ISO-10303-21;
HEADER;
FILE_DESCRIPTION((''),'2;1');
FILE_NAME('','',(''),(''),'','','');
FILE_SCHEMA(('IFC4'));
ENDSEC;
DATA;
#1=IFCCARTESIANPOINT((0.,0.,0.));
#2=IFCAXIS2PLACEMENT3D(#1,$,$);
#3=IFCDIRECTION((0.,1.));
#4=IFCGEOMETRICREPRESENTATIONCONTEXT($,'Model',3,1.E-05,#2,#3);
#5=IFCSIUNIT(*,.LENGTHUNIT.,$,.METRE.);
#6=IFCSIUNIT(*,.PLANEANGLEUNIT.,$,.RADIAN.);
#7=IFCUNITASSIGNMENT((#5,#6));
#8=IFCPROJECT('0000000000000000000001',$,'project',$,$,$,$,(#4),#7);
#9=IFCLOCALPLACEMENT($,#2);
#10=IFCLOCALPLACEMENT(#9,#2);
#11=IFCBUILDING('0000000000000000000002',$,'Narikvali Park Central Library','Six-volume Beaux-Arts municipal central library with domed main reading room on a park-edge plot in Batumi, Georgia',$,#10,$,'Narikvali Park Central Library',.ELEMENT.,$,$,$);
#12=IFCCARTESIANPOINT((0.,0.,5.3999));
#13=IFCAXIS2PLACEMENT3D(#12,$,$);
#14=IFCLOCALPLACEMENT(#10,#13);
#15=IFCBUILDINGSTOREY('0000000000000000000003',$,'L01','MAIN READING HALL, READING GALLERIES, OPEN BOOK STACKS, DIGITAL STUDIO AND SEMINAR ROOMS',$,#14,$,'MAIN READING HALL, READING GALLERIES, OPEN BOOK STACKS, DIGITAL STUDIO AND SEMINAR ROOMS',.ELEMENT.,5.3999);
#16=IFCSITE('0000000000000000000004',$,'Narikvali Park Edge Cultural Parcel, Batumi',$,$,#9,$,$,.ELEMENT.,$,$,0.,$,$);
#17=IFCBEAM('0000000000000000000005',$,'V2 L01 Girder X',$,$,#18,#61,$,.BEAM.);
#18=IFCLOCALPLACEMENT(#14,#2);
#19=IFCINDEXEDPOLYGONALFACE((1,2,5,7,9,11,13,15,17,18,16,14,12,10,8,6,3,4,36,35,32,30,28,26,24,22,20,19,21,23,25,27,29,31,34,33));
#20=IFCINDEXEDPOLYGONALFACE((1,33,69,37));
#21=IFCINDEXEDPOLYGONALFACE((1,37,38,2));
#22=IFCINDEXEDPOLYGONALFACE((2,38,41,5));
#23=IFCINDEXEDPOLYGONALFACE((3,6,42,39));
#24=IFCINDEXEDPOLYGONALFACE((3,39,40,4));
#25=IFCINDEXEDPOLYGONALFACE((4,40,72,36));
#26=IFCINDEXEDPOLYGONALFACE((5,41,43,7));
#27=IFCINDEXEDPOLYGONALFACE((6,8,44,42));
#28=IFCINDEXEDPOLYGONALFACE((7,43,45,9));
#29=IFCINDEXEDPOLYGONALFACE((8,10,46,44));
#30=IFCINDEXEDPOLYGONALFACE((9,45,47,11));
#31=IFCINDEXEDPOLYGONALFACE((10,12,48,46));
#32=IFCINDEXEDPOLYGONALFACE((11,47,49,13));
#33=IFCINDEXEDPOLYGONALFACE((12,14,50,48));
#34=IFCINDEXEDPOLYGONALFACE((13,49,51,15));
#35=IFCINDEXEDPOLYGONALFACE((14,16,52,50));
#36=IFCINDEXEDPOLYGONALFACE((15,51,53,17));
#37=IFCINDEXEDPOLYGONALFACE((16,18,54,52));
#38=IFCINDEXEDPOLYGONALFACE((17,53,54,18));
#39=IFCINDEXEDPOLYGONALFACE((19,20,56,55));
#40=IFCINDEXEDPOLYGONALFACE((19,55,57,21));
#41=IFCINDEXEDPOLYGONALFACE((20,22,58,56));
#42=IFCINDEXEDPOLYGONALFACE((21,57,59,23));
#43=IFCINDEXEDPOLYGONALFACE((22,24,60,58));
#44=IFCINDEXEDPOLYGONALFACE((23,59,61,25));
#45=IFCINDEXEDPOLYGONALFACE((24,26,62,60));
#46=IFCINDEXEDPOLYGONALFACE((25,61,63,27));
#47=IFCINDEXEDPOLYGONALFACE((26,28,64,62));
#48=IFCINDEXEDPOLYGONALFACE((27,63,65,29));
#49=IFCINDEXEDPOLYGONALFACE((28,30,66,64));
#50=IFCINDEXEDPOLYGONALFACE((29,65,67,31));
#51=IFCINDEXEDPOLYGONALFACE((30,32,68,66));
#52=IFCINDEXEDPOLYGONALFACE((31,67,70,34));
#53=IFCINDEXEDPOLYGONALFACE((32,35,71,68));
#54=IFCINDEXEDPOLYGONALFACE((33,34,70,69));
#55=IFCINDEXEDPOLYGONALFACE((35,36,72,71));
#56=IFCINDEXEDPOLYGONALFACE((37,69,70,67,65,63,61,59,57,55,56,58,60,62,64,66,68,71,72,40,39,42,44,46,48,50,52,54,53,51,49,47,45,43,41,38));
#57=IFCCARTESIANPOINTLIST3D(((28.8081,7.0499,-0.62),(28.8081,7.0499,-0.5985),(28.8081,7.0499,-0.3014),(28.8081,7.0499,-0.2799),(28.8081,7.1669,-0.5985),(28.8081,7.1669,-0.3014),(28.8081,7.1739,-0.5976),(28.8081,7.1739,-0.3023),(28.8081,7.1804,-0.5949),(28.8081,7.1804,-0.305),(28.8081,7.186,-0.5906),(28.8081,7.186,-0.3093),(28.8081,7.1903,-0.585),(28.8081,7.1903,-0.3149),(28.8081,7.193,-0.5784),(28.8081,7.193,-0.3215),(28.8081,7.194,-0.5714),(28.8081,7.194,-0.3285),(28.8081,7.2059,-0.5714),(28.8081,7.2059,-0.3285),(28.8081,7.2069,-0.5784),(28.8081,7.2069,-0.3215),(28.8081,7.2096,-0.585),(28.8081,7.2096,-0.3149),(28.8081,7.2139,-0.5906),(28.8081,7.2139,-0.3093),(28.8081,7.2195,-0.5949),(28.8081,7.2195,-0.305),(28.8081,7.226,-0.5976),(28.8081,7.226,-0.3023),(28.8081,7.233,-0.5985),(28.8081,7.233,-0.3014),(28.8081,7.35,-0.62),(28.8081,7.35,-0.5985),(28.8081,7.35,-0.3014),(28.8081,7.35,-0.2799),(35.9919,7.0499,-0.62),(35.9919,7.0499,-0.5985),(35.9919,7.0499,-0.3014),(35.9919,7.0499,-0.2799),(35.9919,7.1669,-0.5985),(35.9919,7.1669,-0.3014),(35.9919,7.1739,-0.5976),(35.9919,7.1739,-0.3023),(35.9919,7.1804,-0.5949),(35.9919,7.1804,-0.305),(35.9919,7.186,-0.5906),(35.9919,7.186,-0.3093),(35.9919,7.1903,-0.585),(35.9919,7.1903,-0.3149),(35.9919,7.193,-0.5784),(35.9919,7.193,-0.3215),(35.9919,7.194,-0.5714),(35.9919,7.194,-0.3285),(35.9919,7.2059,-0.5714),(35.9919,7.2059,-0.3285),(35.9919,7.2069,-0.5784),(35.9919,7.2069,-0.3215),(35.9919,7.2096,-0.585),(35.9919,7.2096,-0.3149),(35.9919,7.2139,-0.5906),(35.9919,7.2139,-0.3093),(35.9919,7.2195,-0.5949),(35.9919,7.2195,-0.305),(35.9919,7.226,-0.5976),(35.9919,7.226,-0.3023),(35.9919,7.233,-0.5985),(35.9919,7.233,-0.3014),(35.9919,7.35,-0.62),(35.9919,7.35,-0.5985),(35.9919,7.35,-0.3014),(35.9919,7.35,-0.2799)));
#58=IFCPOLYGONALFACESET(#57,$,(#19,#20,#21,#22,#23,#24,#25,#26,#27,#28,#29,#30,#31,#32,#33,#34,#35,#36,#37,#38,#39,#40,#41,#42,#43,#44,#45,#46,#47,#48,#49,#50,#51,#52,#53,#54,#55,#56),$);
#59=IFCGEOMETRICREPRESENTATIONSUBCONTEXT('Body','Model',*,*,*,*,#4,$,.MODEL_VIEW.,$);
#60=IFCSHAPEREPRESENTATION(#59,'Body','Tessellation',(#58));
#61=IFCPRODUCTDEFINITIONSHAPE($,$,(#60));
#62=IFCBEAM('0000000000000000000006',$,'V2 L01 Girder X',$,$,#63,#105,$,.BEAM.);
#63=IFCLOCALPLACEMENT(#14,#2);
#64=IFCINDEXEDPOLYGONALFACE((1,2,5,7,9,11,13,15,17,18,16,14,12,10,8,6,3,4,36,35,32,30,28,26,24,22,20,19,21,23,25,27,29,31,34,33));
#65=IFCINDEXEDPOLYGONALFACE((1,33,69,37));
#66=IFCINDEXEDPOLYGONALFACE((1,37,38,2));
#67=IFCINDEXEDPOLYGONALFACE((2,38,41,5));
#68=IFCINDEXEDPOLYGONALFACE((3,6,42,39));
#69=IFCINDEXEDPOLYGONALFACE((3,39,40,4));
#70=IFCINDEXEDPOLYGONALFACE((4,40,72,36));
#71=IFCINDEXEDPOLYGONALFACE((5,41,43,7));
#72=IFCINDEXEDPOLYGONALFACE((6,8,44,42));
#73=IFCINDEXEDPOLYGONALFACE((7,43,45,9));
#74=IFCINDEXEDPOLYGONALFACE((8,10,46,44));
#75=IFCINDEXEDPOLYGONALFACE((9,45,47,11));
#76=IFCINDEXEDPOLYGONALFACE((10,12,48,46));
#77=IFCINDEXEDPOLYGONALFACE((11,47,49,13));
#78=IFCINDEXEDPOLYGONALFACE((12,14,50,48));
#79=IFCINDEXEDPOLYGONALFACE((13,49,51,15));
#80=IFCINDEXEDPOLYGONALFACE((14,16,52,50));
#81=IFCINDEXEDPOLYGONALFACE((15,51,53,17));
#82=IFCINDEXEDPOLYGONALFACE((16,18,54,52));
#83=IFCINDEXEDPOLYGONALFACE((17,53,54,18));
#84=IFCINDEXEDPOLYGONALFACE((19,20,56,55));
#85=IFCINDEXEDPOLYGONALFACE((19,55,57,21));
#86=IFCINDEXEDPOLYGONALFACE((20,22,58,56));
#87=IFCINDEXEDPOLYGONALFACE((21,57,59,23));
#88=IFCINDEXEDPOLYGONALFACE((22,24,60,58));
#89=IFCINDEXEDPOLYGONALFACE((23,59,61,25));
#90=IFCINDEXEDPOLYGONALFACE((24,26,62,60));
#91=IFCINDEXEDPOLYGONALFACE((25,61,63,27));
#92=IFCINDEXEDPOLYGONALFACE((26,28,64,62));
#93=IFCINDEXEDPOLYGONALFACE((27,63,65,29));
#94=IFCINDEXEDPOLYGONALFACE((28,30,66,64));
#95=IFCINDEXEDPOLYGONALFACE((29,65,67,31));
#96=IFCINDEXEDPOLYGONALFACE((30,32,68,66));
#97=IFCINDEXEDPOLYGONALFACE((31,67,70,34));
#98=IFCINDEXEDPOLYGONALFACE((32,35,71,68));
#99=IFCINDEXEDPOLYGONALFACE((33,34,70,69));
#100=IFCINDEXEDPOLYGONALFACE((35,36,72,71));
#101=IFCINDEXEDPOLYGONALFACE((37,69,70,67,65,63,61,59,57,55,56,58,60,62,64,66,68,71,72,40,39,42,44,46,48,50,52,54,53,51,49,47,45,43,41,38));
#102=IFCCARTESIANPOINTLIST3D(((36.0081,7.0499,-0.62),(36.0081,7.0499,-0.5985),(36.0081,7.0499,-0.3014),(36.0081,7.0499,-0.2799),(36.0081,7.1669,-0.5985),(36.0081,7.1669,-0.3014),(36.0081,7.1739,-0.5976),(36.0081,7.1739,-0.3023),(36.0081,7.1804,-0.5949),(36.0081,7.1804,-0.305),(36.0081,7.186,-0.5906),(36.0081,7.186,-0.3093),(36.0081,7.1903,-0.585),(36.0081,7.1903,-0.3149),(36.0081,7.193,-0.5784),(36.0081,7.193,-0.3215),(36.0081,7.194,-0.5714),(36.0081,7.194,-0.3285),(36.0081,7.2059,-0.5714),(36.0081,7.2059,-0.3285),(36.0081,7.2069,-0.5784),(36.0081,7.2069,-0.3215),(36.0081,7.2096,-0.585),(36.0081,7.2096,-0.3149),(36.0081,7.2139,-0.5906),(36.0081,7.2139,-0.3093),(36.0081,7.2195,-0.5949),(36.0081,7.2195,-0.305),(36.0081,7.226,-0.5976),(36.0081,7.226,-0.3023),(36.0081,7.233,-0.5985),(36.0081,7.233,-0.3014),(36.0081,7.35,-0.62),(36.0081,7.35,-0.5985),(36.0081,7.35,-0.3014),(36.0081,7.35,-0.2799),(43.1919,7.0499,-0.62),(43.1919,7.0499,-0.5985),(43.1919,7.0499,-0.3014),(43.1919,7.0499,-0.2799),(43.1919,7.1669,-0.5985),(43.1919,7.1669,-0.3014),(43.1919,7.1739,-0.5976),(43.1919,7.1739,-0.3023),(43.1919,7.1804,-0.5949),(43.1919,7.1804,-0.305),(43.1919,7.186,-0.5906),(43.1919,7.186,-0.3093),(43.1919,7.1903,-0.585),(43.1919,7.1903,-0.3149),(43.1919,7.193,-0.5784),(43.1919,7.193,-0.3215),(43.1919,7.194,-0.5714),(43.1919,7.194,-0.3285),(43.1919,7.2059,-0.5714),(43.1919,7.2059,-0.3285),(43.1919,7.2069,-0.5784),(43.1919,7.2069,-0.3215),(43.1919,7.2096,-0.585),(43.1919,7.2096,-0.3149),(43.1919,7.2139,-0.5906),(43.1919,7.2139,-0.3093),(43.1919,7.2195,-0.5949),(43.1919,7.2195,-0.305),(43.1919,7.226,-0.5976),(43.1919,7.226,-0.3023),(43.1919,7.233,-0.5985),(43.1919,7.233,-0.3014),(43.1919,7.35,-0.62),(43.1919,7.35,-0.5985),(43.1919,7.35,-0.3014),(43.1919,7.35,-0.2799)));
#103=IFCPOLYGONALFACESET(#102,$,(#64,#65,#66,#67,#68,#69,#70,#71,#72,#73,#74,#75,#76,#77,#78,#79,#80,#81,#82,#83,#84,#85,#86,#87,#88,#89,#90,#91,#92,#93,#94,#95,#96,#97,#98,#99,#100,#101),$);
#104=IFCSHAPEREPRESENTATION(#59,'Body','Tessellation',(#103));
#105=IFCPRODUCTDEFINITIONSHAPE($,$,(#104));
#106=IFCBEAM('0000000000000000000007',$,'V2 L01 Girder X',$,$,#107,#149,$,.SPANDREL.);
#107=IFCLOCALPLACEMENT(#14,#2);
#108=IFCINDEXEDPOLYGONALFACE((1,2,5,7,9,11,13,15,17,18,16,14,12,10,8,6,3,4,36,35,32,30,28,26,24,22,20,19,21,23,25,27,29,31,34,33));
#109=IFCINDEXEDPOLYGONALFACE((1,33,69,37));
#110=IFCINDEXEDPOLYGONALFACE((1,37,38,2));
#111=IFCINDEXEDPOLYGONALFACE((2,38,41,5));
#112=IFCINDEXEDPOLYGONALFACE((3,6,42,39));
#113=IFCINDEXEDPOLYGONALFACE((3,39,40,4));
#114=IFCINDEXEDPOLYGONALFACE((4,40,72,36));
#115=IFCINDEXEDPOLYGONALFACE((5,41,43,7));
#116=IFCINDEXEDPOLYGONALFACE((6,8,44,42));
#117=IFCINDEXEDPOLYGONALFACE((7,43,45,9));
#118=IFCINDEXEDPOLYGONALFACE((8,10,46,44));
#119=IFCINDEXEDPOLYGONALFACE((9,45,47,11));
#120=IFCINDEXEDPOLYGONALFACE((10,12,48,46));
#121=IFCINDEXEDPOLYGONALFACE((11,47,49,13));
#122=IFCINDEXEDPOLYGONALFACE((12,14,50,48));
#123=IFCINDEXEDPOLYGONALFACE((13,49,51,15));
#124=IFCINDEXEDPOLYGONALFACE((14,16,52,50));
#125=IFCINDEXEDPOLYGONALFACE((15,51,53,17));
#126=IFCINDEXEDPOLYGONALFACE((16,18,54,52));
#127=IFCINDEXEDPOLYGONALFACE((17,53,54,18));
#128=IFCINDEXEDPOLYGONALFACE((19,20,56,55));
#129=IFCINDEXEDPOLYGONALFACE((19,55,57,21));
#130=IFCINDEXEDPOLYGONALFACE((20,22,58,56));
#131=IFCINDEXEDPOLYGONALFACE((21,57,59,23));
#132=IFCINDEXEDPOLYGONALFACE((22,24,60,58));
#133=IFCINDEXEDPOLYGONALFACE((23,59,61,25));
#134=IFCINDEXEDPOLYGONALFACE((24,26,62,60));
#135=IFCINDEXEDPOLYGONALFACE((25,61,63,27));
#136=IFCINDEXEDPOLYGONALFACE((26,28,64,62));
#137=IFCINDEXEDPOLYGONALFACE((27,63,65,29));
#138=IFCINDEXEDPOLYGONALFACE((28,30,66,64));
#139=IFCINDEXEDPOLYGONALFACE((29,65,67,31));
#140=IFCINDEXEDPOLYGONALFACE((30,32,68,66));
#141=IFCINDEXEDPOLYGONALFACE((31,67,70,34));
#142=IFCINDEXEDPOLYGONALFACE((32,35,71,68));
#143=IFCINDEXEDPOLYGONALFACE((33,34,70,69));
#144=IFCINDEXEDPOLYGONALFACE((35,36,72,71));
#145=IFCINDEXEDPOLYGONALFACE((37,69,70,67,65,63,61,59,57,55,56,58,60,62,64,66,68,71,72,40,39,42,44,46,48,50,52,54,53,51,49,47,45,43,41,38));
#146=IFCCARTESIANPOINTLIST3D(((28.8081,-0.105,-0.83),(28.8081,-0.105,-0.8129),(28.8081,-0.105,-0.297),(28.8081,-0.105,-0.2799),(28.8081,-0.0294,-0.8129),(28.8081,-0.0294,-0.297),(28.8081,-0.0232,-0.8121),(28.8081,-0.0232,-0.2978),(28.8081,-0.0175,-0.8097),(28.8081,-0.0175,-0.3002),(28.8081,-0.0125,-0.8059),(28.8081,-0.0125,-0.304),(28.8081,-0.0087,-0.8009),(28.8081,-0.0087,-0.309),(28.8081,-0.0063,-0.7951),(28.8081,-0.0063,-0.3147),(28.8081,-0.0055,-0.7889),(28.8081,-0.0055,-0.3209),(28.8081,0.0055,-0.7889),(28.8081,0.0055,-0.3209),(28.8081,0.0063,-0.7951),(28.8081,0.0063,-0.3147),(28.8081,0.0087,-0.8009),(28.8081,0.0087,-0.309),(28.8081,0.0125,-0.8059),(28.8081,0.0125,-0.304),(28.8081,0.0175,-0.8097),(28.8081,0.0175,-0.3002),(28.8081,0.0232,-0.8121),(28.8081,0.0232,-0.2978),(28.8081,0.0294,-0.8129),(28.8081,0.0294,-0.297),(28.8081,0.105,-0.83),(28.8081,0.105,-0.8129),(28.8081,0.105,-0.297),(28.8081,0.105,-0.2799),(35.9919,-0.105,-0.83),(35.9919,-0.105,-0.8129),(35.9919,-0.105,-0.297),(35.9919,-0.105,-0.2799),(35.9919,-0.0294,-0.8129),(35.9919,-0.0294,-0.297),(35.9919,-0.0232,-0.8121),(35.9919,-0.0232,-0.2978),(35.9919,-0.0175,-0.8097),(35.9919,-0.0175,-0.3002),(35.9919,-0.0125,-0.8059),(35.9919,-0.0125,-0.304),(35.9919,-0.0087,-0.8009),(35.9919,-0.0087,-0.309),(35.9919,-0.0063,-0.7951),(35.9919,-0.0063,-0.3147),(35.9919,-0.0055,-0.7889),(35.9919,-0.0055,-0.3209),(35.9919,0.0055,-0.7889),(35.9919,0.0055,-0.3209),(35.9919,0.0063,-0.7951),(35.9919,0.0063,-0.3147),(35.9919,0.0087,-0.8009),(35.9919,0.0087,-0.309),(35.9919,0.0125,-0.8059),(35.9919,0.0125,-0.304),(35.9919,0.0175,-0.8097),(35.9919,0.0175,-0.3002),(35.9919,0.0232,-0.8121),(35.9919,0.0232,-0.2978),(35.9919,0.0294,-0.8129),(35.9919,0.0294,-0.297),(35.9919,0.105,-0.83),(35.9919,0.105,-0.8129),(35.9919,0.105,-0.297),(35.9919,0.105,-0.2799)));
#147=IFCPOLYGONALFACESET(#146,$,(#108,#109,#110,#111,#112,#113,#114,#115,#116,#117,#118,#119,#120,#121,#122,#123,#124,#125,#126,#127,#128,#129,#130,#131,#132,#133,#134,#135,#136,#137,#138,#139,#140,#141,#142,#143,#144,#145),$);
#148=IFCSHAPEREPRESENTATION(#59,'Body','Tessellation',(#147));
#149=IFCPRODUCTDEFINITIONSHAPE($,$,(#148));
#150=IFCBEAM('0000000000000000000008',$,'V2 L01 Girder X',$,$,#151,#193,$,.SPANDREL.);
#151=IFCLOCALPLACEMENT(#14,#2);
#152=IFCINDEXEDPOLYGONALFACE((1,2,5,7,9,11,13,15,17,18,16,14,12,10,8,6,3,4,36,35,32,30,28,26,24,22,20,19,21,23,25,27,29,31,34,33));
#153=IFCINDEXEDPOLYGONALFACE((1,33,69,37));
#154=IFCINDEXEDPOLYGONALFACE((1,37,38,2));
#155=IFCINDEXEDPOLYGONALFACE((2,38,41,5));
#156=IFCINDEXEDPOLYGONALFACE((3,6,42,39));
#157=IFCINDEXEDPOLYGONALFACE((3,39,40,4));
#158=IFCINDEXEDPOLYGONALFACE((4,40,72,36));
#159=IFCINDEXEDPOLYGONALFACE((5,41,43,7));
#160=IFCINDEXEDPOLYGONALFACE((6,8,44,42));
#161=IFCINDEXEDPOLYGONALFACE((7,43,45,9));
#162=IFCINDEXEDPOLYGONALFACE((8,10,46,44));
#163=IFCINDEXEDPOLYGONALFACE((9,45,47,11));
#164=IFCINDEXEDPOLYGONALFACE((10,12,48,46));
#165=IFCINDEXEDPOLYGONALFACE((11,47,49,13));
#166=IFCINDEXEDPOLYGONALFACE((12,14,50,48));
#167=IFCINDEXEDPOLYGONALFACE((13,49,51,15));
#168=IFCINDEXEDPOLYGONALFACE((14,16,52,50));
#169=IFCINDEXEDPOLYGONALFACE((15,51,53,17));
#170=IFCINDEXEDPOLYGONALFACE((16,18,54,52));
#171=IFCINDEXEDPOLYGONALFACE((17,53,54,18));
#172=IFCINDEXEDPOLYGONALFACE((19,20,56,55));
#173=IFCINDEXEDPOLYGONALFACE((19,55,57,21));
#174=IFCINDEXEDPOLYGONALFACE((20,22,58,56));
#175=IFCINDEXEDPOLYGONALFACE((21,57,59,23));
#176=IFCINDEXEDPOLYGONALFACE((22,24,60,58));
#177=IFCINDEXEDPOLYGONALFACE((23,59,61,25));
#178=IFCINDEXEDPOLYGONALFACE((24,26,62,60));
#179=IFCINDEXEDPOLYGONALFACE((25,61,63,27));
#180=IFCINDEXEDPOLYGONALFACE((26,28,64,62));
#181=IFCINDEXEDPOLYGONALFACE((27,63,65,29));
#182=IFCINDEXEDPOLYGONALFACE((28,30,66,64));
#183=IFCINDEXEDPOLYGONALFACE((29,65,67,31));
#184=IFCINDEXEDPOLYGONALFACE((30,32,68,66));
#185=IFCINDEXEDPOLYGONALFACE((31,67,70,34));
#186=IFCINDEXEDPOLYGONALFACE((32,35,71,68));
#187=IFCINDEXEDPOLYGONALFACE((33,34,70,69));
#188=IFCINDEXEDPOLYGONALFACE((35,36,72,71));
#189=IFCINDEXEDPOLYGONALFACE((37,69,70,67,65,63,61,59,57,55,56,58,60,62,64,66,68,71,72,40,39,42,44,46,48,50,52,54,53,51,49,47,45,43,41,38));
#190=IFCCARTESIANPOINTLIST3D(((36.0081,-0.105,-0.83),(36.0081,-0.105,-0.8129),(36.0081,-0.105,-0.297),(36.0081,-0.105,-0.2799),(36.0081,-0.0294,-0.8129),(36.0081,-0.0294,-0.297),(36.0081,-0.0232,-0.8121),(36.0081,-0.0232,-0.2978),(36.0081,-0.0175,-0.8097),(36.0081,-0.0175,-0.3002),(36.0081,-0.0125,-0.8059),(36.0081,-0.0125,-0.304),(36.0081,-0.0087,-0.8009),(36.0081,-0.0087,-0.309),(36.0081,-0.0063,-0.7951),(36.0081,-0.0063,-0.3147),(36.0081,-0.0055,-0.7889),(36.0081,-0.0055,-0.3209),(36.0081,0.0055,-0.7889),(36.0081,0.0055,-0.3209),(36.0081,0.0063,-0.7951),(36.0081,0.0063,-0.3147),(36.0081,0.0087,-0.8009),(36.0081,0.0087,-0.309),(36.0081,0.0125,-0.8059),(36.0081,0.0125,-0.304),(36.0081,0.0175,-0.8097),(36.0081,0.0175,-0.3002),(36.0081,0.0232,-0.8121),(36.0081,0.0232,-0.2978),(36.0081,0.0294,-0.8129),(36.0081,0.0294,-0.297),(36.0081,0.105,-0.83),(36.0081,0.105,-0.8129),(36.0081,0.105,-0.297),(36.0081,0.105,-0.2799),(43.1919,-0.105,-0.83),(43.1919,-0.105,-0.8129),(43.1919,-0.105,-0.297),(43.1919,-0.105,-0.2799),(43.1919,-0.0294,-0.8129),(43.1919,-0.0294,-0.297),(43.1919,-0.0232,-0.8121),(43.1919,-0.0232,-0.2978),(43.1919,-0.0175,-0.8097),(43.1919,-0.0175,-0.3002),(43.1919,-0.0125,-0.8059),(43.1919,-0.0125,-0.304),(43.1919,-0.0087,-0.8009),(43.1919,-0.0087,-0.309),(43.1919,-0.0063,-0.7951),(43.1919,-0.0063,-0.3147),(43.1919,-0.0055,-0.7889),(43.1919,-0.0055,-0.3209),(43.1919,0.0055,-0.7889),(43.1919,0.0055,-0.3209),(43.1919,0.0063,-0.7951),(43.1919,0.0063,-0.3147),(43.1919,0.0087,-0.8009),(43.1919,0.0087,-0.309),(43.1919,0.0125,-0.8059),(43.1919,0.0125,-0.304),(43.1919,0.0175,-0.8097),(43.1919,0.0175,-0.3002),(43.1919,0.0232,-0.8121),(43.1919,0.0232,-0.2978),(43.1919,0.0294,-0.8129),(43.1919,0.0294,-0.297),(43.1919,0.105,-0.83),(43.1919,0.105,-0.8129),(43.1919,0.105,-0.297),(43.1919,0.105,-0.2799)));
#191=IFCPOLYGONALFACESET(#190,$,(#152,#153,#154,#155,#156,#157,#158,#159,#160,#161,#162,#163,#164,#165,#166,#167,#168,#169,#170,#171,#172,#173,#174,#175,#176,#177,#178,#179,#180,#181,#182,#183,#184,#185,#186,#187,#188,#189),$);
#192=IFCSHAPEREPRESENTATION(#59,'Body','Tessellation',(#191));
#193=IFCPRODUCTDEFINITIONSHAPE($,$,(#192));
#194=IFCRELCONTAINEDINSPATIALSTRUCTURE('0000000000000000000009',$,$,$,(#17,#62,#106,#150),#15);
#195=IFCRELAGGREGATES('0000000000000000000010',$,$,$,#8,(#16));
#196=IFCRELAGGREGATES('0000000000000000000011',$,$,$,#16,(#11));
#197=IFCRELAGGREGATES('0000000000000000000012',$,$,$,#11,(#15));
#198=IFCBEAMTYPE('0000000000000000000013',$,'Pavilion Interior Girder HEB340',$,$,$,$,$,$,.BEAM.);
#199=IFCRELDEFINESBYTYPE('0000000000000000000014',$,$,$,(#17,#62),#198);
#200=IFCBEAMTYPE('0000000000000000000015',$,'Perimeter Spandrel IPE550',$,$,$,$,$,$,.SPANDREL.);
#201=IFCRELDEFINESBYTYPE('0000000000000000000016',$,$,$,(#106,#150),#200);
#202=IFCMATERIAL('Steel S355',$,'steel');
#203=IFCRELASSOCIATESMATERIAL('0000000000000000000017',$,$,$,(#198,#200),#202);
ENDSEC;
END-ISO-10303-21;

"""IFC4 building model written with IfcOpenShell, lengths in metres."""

from ifc_helpers import new_model, si_unit, direction, frame, origin, origin_2d, place, context, subcontext, project, spatial, i_section, extrude, material, material_profile, profile_set, type_object, element, save


model = new_model("IFC4")

# Units and contexts
model_context = context("Model", 3, precision=1e-05, world=origin(), true_north=direction((0.0, 1.0)))
body_context = subcontext(model_context, "Body", "Model", "MODEL_VIEW")
ifc_project = project(units=[si_unit("LENGTHUNIT", "METRE"), si_unit("PLANEANGLEUNIT", "RADIAN")], contexts=[model_context])

# Site, building, storey
site_placement = place(None, origin())
site = spatial("IfcSite", under=ifc_project, at=site_placement, Name="Narikvali Park Edge Cultural Parcel, Batumi", CompositionType="ELEMENT", RefElevation=0.0)
building_placement = place(site_placement, origin())
building = spatial("IfcBuilding", under=site, at=building_placement, Name="Narikvali Park Central Library", Description="Six-volume Beaux-Arts municipal central library with domed main reading room on a park-edge plot in Batumi, Georgia", LongName="Narikvali Park Central Library", CompositionType="ELEMENT")
storey_placement = place(building_placement, frame((0.0, 0.0, 5.3999)))
storey = spatial("IfcBuildingStorey", under=building, at=storey_placement, Name="L01", Description="MAIN READING HALL, READING GALLERIES, OPEN BOOK STACKS, DIGITAL STUDIO AND SEMINAR ROOMS", LongName="MAIN READING HALL, READING GALLERIES, OPEN BOOK STACKS, DIGITAL STUDIO AND SEMINAR ROOMS", CompositionType="ELEMENT", Elevation=5.3999)

# Shared definitions
ifc_material_1 = material(Name="Steel S355", Category="steel")

# Beams
ifc_material_profile_1 = material_profile(ifc_material_1, i_section(OverallWidth=0.3, OverallDepth=0.3401, WebThickness=0.012, FlangeThickness=0.0215, FilletRadius=0.0271, at=origin_2d()), Name="HEB 340")
ifc_profile_set_1 = profile_set([ifc_material_profile_1], Name="Steel S355")
beam_type_1 = type_object("IfcBeamType", Name="Pavilion Interior Girder HEB340", PredefinedType="BEAM", material=ifc_profile_set_1)
for number, where, z_axis, x_axis, name in (
    (1, (28.8081, 7.2, -0.45), (1.0, 0.0, 0.0), (0.0, 1.0, 0.0), "V2 L01 Girder X"),
    (2, (36.0081, 7.2, -0.45), (1.0, 0.0, 0.0), (0.0, 1.0, 0.0), "V2 L01 Girder X"),
):
    element("IfcBeam", number, at=place(storey_placement, frame(where, z_axis=z_axis, x_axis=x_axis)), inside=storey, type_object=beam_type_1, Name=name, PredefinedType="BEAM", context=body_context, shape_type="SweptSolid", body=[
        extrude(i_section(OverallWidth=0.3, OverallDepth=0.3401, WebThickness=0.012, FlangeThickness=0.0215, FilletRadius=0.0271, at=origin_2d()), origin(), (0.0, 0.0, 1.0), 7.1838),
    ])
ifc_material_profile_2 = material_profile(ifc_material_1, i_section(OverallWidth=0.21, OverallDepth=0.55, WebThickness=0.011, FlangeThickness=0.0171, FilletRadius=0.0239, at=origin_2d()), Name="IPE 550")
ifc_profile_set_2 = profile_set([ifc_material_profile_2], Name="Steel S355")
beam_type_2 = type_object("IfcBeamType", Name="Perimeter Spandrel IPE550", PredefinedType="SPANDREL", material=ifc_profile_set_2)
for number, where, z_axis, x_axis, name in (
    (3, (28.8081, 0.0, -0.5549), (1.0, 0.0, 0.0), (0.0, 1.0, 0.0), "V2 L01 Girder X"),
    (4, (36.0081, 0.0, -0.5549), (1.0, 0.0, 0.0), (0.0, 1.0, 0.0), "V2 L01 Girder X"),
):
    element("IfcBeam", number, at=place(storey_placement, frame(where, z_axis=z_axis, x_axis=x_axis)), inside=storey, type_object=beam_type_2, Name=name, PredefinedType="SPANDREL", context=body_context, shape_type="SweptSolid", body=[
        extrude(i_section(OverallWidth=0.21, OverallDepth=0.55, WebThickness=0.011, FlangeThickness=0.0171, FilletRadius=0.0239, at=origin_2d()), origin(), (0.0, 0.0, 1.0), 7.1838),
    ])

save(model, "model.ifc")
